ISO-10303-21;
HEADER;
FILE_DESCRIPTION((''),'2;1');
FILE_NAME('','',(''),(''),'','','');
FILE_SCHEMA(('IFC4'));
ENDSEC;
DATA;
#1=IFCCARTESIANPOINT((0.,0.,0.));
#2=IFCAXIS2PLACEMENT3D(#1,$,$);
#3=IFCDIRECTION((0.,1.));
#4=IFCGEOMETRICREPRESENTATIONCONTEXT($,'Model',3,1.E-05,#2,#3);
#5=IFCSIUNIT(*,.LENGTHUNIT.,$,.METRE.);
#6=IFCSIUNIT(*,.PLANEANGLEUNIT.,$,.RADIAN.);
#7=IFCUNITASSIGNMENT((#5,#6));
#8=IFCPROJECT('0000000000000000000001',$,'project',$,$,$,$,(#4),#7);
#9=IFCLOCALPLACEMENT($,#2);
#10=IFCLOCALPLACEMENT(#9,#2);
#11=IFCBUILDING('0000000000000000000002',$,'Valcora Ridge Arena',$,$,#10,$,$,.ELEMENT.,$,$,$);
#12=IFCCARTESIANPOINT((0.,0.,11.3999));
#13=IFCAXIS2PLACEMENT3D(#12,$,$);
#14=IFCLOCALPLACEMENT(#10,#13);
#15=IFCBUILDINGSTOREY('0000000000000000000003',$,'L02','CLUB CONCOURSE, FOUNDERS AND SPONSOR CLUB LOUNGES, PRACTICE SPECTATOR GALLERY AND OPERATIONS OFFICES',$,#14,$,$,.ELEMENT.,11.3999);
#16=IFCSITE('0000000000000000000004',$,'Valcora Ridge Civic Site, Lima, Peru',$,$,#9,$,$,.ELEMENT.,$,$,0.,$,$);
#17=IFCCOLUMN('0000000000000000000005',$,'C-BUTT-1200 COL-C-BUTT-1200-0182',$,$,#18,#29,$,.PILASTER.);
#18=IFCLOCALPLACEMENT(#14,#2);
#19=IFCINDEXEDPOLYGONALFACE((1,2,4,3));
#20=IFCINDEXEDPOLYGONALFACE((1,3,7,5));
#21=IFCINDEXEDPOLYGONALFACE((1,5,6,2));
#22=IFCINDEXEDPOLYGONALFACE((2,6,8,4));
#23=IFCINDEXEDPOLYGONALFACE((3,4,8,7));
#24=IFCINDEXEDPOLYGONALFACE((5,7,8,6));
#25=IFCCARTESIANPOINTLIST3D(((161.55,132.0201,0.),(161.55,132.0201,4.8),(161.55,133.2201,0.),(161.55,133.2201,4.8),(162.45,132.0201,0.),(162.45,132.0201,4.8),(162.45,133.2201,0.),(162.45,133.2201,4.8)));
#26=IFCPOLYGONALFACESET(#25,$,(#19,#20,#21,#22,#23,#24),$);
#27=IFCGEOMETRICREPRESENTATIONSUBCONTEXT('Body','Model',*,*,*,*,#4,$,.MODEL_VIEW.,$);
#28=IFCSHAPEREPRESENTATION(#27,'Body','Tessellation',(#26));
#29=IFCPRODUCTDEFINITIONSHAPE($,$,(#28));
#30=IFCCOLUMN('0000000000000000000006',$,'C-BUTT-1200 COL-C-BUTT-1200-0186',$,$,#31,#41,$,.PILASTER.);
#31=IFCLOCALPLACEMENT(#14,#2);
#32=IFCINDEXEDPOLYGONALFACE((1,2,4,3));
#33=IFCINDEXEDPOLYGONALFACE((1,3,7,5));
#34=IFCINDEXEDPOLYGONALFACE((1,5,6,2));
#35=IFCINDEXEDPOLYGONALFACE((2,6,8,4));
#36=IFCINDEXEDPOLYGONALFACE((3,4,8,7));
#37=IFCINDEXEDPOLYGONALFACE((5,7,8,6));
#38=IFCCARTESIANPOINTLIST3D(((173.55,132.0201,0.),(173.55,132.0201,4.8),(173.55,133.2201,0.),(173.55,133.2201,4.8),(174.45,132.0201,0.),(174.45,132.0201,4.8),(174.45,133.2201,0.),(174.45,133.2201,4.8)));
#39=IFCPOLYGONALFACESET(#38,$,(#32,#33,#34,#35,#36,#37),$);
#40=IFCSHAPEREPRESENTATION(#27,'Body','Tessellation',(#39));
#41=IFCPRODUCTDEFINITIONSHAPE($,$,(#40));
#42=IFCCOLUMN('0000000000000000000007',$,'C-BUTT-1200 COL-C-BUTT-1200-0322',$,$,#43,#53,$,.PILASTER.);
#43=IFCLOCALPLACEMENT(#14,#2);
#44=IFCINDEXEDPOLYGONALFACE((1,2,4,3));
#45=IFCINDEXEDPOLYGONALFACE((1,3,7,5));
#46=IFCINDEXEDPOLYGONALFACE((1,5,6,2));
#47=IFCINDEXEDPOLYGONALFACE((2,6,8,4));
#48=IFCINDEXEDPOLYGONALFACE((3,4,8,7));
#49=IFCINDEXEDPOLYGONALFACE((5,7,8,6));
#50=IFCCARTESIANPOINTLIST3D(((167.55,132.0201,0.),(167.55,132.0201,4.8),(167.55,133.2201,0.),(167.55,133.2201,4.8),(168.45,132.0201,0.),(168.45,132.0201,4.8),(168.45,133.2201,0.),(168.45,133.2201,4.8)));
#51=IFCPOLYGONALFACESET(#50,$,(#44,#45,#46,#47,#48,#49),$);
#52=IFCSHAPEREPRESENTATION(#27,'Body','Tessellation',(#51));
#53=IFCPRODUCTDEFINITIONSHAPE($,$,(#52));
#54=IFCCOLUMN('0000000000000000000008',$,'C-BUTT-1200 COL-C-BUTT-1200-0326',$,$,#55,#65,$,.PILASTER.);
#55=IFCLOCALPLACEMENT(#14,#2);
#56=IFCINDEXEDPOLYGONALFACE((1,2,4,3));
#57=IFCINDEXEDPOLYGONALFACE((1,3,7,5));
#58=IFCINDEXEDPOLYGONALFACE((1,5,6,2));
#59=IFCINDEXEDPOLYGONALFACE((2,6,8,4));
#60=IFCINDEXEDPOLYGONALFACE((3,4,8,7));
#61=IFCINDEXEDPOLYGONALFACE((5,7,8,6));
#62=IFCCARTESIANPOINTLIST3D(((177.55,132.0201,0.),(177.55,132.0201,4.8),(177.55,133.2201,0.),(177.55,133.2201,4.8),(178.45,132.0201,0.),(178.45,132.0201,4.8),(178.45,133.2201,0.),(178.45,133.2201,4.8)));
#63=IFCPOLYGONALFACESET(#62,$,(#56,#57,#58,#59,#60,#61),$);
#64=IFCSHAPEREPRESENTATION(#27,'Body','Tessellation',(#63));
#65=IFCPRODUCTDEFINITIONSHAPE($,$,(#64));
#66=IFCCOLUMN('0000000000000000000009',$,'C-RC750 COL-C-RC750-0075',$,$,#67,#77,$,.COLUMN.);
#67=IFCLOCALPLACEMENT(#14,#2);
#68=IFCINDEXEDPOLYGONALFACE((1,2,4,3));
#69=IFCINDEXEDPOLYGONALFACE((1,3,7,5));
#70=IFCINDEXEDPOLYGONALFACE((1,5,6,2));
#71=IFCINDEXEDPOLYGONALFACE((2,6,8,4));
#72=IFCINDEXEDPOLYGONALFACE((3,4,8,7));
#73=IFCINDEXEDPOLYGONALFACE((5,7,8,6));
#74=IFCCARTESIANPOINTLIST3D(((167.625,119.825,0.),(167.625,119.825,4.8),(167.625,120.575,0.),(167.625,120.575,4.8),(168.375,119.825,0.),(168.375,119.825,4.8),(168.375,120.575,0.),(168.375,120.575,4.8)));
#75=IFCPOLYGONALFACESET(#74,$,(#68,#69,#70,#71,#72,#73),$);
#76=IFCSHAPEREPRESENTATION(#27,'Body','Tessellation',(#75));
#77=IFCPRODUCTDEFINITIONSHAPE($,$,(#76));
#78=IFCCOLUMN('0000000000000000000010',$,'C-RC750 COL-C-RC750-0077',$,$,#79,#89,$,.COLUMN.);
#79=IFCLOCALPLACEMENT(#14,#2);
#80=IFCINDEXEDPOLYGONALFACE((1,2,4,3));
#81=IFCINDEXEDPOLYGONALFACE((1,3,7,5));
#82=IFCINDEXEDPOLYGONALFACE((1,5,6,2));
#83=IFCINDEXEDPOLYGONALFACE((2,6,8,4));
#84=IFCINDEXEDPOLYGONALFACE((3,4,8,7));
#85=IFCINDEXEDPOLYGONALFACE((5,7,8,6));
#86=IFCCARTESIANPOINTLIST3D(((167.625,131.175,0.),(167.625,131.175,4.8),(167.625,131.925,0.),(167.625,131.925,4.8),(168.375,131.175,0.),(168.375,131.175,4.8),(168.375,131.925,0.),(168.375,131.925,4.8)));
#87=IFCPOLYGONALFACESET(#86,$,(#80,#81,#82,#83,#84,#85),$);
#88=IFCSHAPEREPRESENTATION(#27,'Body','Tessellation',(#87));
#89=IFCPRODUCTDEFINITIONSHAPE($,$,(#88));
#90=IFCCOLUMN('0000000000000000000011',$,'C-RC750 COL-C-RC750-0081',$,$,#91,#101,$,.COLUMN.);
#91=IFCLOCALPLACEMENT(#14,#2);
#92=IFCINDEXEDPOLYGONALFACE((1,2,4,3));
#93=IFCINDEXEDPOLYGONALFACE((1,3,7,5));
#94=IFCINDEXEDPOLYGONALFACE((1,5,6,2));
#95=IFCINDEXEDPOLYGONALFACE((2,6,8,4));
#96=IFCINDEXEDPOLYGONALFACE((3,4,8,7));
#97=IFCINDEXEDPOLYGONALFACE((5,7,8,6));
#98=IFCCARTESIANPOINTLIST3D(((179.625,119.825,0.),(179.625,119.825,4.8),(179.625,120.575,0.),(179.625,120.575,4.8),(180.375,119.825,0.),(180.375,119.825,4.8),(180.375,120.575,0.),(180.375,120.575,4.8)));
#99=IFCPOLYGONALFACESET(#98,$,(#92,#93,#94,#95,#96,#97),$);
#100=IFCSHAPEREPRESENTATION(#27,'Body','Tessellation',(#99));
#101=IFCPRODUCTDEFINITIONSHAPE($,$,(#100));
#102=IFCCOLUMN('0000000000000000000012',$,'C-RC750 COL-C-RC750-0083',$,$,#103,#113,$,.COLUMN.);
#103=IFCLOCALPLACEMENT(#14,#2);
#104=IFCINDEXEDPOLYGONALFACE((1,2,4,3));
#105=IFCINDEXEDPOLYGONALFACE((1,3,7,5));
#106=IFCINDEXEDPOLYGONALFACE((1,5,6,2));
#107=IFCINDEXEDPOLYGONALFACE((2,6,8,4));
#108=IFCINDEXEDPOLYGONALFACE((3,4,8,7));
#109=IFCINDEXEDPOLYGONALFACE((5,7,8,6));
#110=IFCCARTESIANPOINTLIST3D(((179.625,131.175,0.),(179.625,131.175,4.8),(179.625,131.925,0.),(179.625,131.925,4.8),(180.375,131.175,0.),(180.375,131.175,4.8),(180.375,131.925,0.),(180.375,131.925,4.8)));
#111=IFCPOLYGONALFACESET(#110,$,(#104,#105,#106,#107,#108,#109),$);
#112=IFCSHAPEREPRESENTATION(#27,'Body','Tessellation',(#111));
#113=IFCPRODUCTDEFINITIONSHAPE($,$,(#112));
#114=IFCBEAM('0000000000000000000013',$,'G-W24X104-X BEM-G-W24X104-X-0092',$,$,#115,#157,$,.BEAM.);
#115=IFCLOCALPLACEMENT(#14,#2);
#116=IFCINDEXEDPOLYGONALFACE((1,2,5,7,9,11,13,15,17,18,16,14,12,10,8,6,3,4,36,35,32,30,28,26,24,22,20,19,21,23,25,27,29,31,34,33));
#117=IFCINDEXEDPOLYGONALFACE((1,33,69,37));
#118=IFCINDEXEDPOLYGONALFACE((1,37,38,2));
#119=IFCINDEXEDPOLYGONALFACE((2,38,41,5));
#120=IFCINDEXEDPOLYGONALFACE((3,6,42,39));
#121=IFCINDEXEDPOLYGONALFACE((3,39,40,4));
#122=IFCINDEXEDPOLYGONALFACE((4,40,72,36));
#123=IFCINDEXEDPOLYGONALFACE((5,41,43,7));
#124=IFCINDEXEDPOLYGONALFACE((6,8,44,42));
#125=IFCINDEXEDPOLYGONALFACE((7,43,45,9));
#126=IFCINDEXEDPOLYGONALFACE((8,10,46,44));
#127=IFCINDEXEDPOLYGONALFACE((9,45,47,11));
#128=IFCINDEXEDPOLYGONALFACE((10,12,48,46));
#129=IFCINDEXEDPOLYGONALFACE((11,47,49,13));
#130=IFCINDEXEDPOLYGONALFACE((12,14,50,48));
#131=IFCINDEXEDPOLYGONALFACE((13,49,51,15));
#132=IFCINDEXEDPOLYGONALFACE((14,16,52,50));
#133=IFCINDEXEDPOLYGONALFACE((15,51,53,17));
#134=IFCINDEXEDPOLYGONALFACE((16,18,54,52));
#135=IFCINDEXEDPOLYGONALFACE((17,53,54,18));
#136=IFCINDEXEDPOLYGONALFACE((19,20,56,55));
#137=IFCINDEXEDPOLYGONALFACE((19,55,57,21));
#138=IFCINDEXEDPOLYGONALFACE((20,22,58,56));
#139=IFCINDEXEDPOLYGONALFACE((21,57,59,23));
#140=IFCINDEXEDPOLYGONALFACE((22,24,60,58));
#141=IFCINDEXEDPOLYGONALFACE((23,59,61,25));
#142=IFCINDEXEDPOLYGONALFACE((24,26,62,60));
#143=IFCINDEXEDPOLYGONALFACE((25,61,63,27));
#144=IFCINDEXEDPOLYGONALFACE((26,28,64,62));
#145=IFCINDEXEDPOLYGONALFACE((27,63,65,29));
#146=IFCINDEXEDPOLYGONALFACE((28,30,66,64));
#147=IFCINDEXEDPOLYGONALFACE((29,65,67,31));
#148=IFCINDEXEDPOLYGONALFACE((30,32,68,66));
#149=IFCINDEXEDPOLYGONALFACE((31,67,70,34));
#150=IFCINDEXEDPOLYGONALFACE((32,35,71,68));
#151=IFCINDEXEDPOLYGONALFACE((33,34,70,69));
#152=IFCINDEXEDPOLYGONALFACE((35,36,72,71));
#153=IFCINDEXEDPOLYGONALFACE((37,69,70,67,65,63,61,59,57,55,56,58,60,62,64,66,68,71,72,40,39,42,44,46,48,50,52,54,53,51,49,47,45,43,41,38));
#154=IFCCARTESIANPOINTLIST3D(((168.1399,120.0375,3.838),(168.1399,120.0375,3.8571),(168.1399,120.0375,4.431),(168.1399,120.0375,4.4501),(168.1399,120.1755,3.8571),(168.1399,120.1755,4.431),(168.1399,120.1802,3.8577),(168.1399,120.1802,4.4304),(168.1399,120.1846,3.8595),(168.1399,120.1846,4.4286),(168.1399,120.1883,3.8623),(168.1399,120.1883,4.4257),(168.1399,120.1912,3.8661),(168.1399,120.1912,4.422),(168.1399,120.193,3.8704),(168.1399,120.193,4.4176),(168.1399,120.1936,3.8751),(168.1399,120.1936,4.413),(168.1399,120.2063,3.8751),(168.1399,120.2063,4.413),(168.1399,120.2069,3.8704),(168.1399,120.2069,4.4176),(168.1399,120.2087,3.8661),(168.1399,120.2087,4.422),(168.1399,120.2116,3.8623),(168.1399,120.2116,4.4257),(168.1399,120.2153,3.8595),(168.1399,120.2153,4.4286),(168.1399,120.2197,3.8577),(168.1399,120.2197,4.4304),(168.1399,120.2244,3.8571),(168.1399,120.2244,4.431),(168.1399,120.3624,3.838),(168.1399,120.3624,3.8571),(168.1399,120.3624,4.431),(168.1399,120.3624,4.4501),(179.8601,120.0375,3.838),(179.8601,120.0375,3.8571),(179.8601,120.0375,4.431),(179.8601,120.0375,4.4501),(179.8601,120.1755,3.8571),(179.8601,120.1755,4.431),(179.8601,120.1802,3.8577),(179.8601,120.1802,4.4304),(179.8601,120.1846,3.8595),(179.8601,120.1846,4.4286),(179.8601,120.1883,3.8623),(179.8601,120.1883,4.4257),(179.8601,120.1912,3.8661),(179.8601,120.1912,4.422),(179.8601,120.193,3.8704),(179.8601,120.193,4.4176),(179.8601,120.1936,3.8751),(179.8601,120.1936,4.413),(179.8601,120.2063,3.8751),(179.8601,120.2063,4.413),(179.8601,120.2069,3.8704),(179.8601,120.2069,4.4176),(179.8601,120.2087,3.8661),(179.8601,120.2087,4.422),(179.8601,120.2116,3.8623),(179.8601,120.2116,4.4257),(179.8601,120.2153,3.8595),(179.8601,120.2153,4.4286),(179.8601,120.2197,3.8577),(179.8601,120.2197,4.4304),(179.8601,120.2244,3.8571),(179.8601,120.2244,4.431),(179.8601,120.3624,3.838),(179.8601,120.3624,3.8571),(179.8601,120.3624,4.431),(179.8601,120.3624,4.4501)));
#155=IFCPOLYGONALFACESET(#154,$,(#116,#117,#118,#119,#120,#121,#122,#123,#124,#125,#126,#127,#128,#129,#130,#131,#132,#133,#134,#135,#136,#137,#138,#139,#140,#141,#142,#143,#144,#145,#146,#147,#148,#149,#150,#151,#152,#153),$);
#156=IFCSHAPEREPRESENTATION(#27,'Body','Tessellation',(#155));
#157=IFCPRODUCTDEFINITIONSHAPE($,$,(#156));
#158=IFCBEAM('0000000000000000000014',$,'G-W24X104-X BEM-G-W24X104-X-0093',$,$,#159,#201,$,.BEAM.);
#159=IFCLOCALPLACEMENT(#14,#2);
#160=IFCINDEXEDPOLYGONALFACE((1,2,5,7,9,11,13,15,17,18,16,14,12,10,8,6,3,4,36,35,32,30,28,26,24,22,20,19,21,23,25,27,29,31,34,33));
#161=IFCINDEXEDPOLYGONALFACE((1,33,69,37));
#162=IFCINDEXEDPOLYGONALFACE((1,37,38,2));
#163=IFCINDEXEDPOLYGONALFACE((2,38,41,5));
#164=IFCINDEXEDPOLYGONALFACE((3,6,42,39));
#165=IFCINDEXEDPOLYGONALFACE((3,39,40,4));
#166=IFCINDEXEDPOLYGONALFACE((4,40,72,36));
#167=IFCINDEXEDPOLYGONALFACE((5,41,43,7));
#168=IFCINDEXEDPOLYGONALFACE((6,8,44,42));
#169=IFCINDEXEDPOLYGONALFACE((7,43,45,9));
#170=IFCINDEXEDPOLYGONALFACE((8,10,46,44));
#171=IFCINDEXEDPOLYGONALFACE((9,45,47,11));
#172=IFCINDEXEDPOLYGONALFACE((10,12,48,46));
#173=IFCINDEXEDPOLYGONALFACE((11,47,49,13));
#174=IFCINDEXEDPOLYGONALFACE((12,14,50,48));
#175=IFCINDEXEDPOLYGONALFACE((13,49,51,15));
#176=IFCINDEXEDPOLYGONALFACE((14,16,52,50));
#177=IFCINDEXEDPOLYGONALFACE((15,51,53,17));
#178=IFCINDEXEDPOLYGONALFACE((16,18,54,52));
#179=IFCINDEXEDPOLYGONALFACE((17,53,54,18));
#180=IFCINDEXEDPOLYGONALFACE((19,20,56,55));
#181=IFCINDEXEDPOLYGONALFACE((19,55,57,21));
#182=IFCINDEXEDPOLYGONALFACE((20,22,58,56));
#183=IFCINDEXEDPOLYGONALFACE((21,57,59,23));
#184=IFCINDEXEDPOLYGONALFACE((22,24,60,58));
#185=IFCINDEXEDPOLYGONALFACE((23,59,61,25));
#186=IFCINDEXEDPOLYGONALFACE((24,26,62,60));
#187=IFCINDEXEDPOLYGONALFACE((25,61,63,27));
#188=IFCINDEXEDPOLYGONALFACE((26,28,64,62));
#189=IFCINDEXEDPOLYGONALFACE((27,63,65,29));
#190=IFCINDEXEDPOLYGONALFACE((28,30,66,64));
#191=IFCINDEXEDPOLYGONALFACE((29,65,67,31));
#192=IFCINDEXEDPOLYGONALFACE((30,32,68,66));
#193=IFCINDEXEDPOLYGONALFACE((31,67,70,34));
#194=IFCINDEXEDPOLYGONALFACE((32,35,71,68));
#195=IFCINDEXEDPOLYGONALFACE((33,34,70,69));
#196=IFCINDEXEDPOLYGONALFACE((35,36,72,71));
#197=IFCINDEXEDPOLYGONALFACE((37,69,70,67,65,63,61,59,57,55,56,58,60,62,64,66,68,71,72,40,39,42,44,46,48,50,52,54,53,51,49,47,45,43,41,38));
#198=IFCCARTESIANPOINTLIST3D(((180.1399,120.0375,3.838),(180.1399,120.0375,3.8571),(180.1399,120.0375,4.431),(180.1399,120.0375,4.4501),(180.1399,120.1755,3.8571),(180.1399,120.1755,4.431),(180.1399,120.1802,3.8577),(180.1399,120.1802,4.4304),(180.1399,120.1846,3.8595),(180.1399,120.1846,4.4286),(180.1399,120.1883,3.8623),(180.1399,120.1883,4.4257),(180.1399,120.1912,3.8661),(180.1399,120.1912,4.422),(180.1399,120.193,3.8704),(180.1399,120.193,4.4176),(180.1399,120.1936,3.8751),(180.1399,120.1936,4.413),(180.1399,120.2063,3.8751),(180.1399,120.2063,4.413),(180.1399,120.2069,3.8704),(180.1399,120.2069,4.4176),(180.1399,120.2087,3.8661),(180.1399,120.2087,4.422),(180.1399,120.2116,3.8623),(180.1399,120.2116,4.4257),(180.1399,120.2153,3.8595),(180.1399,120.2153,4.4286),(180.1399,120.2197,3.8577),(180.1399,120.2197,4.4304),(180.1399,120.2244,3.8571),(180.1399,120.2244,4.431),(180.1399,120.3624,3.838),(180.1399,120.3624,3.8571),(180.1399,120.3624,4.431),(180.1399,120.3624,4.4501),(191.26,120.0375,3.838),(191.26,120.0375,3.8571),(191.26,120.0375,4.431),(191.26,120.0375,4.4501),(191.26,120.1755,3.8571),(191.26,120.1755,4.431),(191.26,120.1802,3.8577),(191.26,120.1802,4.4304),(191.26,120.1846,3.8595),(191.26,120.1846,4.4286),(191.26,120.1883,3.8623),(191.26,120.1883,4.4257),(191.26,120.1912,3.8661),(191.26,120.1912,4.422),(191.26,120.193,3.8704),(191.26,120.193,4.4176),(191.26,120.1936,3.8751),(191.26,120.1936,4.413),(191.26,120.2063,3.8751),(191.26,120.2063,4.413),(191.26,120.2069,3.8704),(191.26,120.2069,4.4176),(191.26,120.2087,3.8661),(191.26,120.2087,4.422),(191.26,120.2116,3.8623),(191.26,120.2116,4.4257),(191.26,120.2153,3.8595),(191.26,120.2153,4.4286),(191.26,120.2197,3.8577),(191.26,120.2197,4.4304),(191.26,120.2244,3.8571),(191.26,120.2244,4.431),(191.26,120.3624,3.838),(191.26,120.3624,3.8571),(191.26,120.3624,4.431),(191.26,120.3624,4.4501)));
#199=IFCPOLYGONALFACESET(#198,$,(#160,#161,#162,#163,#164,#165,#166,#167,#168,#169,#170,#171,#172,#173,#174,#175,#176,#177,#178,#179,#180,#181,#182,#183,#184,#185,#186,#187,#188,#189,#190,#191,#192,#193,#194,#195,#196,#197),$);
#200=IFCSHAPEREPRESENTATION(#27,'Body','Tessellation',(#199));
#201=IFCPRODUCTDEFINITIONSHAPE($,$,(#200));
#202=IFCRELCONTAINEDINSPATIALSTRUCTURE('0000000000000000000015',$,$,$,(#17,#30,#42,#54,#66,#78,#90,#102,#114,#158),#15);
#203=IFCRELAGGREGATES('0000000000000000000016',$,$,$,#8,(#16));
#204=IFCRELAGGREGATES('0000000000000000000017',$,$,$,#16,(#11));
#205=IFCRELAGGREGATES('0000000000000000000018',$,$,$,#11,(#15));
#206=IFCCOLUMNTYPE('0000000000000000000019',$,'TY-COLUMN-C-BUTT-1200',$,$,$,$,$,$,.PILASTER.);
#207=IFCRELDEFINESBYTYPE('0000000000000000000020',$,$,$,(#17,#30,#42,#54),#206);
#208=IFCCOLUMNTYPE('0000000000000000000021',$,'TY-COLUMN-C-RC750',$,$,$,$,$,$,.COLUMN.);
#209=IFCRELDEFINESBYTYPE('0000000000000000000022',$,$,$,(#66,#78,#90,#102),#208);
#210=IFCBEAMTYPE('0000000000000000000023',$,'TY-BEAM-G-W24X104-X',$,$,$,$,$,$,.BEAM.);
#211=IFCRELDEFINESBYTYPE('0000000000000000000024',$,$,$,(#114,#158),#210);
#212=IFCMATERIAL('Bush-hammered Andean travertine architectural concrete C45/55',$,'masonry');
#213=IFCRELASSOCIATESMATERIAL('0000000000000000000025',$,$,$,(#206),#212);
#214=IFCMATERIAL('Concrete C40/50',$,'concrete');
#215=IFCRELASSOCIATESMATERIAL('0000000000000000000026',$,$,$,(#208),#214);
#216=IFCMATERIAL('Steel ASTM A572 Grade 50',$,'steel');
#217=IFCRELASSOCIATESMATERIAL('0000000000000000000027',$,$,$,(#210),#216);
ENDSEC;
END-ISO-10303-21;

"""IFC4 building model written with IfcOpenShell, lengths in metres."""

from ifc_helpers import new_model, si_unit, direction, frame, origin, origin_2d, place, context, subcontext, project, spatial, rectangle, i_section, extrude, material, material_profile, profile_set, type_object, element, save


model = new_model("IFC4")

# Units and contexts
model_context = context("Model", 3, precision=1e-05, world=origin(), true_north=direction((0.0, 1.0)))
body_context = subcontext(model_context, "Body", "Model", "MODEL_VIEW")
ifc_project = project(units=[si_unit("LENGTHUNIT", "METRE"), si_unit("PLANEANGLEUNIT", "RADIAN")], contexts=[model_context])

# Site, building, storey
site_placement = place(None, origin())
site = spatial("IfcSite", under=ifc_project, at=site_placement, Name="Valcora Ridge Civic Site, Lima, Peru", CompositionType="ELEMENT", RefElevation=0.0)
building_placement = place(site_placement, origin())
building = spatial("IfcBuilding", under=site, at=building_placement, Name="Valcora Ridge Arena", CompositionType="ELEMENT")
storey_placement = place(building_placement, frame((0.0, 0.0, 11.3999)))
storey = spatial("IfcBuildingStorey", under=building, at=storey_placement, Name="L02", Description="CLUB CONCOURSE, FOUNDERS AND SPONSOR CLUB LOUNGES, PRACTICE SPECTATOR GALLERY AND OPERATIONS OFFICES", CompositionType="ELEMENT", Elevation=11.3999)

# Columns
ifc_material_1 = material(Name="Bush-hammered Andean travertine architectural concrete C45/55", Category="masonry")
ifc_material_profile_1 = material_profile(ifc_material_1, rectangle(XDim=0.8999, YDim=1.2, at=origin_2d()), Name="RC 900x1200")
ifc_profile_set_1 = profile_set([ifc_material_profile_1], Name="Bush-hammered Andean travertine architectural concrete C45/55")
column_type_1 = type_object("IfcColumnType", Name="TY-COLUMN-C-BUTT-1200", PredefinedType="PILASTER", material=ifc_profile_set_1)
for number, where, z_axis, x_axis, name in (
    (1, (162.0, 132.6201, 0.0), (0.0, 0.0, 1.0), (1.0, 0.0, 0.0), "C-BUTT-1200 COL-C-BUTT-1200-0182"),
    (2, (174.0, 132.6201, 0.0), (0.0, 0.0, 1.0), (1.0, 0.0, 0.0), "C-BUTT-1200 COL-C-BUTT-1200-0186"),
    (3, (168.0, 132.6201, 0.0), (0.0, 0.0, 1.0), (1.0, 0.0, 0.0), "C-BUTT-1200 COL-C-BUTT-1200-0322"),
    (4, (178.0, 132.6201, 0.0), (0.0, 0.0, 1.0), (1.0, 0.0, 0.0), "C-BUTT-1200 COL-C-BUTT-1200-0326"),
):
    element("IfcColumn", number, at=place(storey_placement, frame(where, z_axis=z_axis, x_axis=x_axis)), inside=storey, type_object=column_type_1, Name=name, PredefinedType="PILASTER", context=body_context, shape_type="SweptSolid", body=[
        extrude(rectangle(XDim=0.8999, YDim=1.2, at=origin_2d()), origin(), (0.0, 0.0, 1.0), 4.8),
    ])
ifc_material_2 = material(Name="Concrete C40/50", Category="concrete")
ifc_material_profile_2 = material_profile(ifc_material_2, rectangle(XDim=0.75, YDim=0.75, at=origin_2d()), Name="RC 750x750")
ifc_profile_set_2 = profile_set([ifc_material_profile_2], Name="Concrete C40/50")
column_type_2 = type_object("IfcColumnType", Name="TY-COLUMN-C-RC750", PredefinedType="COLUMN", material=ifc_profile_set_2)
for number, where, z_axis, x_axis, name in (
    (5, (168.0, 120.2, 0.0), (0.0, 0.0, 1.0), (1.0, 0.0, 0.0), "C-RC750 COL-C-RC750-0075"),
    (6, (168.0, 131.55, 0.0), (0.0, 0.0, 1.0), (1.0, 0.0, 0.0), "C-RC750 COL-C-RC750-0077"),
    (7, (180.0, 120.2, 0.0), (0.0, 0.0, 1.0), (1.0, 0.0, 0.0), "C-RC750 COL-C-RC750-0081"),
    (8, (180.0, 131.55, 0.0), (0.0, 0.0, 1.0), (1.0, 0.0, 0.0), "C-RC750 COL-C-RC750-0083"),
):
    element("IfcColumn", number, at=place(storey_placement, frame(where, z_axis=z_axis, x_axis=x_axis)), inside=storey, type_object=column_type_2, Name=name, PredefinedType="COLUMN", context=body_context, shape_type="SweptSolid", body=[
        extrude(rectangle(XDim=0.75, YDim=0.75, at=origin_2d()), origin(), (0.0, 0.0, 1.0), 4.8),
    ])

# Beams
ifc_material_3 = material(Name="Steel ASTM A572 Grade 50", Category="steel")
ifc_material_profile_3 = material_profile(ifc_material_3, i_section(OverallWidth=0.325, OverallDepth=0.6121, WebThickness=0.0127, FlangeThickness=0.019, FilletRadius=0.0181, at=origin_2d()), Name="W24X104")
ifc_profile_set_3 = profile_set([ifc_material_profile_3], Name="Steel ASTM A572 Grade 50")
beam_type_1 = type_object("IfcBeamType", Name="TY-BEAM-G-W24X104-X", PredefinedType="BEAM", material=ifc_profile_set_3)
beam_1_placement = place(storey_placement, frame((168.1399, 120.2, 4.144), z_axis=(1.0, 0.0, 0.0), x_axis=(0.0, 1.0, 0.0)))
element("IfcBeam", 9, at=beam_1_placement, inside=storey, type_object=beam_type_1, Name="G-W24X104-X BEM-G-W24X104-X-0092", PredefinedType="BEAM", context=body_context, shape_type="SweptSolid", body=[
    extrude(i_section(OverallWidth=0.325, OverallDepth=0.6121, WebThickness=0.0127, FlangeThickness=0.019, FilletRadius=0.0181, at=origin_2d()), origin(), (0.0, 0.0, 1.0), 11.7202),
])
beam_2_placement = place(storey_placement, frame((180.1399, 120.2, 4.144), z_axis=(1.0, 0.0, 0.0), x_axis=(0.0, 1.0, 0.0)))
element("IfcBeam", 10, at=beam_2_placement, inside=storey, type_object=beam_type_1, Name="G-W24X104-X BEM-G-W24X104-X-0093", PredefinedType="BEAM", context=body_context, shape_type="SweptSolid", body=[
    extrude(i_section(OverallWidth=0.325, OverallDepth=0.6121, WebThickness=0.0127, FlangeThickness=0.019, FilletRadius=0.0181, at=origin_2d()), origin(), (0.0, 0.0, 1.0), 11.1201),
])

save(model, "model.ifc")
